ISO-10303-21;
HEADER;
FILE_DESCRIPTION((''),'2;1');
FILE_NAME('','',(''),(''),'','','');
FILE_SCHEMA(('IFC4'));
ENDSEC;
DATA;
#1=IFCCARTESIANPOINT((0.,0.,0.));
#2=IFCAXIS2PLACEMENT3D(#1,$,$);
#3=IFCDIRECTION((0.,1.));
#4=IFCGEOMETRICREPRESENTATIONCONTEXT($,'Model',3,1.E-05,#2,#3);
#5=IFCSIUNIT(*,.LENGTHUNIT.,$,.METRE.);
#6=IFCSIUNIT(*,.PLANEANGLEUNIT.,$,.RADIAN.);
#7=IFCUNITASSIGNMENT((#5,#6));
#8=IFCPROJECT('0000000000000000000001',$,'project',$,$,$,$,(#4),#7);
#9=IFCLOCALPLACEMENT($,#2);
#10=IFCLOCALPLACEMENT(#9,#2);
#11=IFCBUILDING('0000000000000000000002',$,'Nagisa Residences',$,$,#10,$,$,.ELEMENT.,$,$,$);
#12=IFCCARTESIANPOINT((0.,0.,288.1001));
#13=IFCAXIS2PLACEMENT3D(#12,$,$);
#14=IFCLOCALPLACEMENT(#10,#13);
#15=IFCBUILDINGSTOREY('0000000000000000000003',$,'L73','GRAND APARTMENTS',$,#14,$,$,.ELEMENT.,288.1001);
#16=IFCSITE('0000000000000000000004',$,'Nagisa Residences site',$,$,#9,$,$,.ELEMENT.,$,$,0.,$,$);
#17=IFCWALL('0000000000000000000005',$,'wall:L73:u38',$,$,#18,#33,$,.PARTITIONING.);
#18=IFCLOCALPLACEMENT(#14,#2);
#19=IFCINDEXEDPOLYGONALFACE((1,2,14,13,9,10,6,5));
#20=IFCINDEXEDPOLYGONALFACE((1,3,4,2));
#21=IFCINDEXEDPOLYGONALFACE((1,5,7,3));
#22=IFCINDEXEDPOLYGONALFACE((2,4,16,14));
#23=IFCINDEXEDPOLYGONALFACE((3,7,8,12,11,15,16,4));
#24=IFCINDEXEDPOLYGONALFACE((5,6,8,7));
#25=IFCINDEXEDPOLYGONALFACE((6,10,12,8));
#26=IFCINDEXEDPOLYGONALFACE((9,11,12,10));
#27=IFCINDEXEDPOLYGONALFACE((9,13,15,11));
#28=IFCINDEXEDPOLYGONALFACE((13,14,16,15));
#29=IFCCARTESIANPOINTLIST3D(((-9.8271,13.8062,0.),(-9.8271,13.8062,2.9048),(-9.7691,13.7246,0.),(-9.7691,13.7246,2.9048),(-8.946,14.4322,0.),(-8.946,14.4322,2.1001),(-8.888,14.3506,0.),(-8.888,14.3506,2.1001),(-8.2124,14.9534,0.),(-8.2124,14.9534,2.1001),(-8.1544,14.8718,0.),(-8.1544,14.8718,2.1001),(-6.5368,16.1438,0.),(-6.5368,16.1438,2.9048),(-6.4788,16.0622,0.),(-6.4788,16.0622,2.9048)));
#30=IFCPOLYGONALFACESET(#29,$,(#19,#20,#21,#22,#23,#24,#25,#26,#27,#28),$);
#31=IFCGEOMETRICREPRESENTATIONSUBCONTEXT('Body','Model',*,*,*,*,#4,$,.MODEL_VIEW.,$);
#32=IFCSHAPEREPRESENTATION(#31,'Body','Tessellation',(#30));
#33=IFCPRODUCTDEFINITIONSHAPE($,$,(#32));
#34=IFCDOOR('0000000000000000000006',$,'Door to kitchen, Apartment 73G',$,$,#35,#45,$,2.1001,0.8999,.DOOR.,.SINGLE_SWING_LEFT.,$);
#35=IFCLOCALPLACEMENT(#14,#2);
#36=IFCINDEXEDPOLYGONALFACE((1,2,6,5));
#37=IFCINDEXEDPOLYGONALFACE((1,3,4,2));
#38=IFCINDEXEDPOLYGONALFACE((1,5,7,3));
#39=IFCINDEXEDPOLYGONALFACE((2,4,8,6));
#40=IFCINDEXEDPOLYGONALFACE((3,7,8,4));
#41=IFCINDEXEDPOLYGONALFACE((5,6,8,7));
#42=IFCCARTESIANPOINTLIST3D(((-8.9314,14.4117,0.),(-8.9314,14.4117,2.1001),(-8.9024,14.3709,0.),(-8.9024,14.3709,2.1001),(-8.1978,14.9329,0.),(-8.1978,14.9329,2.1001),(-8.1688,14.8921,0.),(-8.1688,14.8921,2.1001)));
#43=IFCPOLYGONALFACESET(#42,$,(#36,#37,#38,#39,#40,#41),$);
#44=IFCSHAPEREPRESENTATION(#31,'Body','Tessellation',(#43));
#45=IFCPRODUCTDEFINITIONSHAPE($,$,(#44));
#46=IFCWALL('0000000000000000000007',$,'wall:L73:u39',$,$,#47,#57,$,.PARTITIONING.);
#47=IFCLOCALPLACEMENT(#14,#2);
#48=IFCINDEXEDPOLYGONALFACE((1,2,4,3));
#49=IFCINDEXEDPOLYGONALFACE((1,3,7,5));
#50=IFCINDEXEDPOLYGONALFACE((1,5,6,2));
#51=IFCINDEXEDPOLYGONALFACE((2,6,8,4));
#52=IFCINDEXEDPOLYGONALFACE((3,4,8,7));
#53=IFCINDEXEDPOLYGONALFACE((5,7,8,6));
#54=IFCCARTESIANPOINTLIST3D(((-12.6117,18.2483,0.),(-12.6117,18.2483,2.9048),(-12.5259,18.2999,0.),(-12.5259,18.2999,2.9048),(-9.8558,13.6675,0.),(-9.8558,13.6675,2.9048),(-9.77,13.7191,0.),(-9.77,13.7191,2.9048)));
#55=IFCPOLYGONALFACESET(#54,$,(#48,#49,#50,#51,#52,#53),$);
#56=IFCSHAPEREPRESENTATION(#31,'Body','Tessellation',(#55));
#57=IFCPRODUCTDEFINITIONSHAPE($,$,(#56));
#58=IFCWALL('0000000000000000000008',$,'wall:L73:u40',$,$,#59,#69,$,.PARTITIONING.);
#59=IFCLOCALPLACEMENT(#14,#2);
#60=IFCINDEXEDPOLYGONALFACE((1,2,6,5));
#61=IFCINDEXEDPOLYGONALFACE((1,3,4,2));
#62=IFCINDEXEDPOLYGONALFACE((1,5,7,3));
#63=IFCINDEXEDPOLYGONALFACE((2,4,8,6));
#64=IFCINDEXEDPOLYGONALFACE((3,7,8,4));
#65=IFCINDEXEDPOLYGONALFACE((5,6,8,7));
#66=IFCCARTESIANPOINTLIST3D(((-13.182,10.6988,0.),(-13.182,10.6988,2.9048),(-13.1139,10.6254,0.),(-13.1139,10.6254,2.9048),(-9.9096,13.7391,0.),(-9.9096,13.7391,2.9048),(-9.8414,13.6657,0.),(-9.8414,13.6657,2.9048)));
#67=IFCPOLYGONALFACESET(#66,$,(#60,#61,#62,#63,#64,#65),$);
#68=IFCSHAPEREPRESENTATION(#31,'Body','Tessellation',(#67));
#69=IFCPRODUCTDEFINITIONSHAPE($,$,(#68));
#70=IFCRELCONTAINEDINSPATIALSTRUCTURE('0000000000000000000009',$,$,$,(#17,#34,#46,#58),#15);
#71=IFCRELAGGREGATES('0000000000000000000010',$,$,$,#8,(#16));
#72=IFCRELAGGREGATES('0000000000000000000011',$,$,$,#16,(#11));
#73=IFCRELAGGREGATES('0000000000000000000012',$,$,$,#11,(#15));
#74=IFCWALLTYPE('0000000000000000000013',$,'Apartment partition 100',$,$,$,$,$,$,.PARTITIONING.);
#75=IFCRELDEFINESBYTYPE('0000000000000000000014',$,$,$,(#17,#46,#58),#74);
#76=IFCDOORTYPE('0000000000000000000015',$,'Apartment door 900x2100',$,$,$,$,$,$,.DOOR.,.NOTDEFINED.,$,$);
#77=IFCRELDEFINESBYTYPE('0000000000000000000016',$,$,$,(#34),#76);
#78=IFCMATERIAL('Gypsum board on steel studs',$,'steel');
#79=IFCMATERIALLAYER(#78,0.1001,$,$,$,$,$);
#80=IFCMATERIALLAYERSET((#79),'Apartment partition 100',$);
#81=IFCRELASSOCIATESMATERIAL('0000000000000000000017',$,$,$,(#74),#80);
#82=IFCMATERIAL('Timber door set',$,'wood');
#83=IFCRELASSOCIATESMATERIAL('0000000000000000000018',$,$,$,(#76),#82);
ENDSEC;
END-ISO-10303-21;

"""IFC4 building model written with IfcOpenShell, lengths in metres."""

from ifc_helpers import new_model, si_unit, direction, frame, frame_2d, origin, place, context, subcontext, project, spatial, rectangle, extrude, material, layer, layer_set, type_object, element, fill, save


model = new_model("IFC4")

# Units and contexts
model_context = context("Model", 3, precision=1e-05, world=origin(), true_north=direction((0.0, 1.0)))
body_context = subcontext(model_context, "Body", "Model", "MODEL_VIEW")
ifc_project = project(units=[si_unit("LENGTHUNIT", "METRE"), si_unit("PLANEANGLEUNIT", "RADIAN")], contexts=[model_context])

# Site, building, storey
site_placement = place(None, origin())
site = spatial("IfcSite", under=ifc_project, at=site_placement, Name="Nagisa Residences site", CompositionType="ELEMENT", RefElevation=0.0)
building_placement = place(site_placement, origin())
building = spatial("IfcBuilding", under=site, at=building_placement, Name="Nagisa Residences", CompositionType="ELEMENT")
storey_placement = place(building_placement, frame((0.0, 0.0, 288.1001)))
storey = spatial("IfcBuildingStorey", under=building, at=storey_placement, Name="L73", Description="GRAND APARTMENTS", CompositionType="ELEMENT", Elevation=288.1001)

# Wall, opening, door
ifc_material_1 = material(Name="Gypsum board on steel studs", Category="steel")
ifc_layer_1 = layer(ifc_material_1, 0.1001)
ifc_layer_set_1 = layer_set([ifc_layer_1], Name="Apartment partition 100")
wall_type_1 = type_object("IfcWallType", Name="Apartment partition 100", PredefinedType="PARTITIONING", material=ifc_layer_set_1)
ifc_material_2 = material(Name="Timber door set", Category="wood")
door_type_1 = type_object("IfcDoorType", Name="Apartment door 900x2100", OperationType="NOTDEFINED", PredefinedType="DOOR", material=ifc_material_2)
wall_1_placement = place(storey_placement, frame((-6.5078, 16.103, 0.0), z_axis=(0.0, 0.0, 1.0), x_axis=(-0.815202, -0.579176, 0.0)))
wall_1 = element("IfcWall", 1, at=wall_1_placement, inside=storey, type_object=wall_type_1, Name="wall:L73:u38", PredefinedType="PARTITIONING", context=body_context, shape_type="SweptSolid", body=[
    extrude(rectangle(XDim=4.0361, YDim=0.1001, at=frame_2d((2.0181, 0.0))), origin(), (0.0, 0.0, 1.0), 2.9048),
])
opening_1_placement = place(wall_1_placement, frame((2.0554, 0.0, 0.0)))
opening_1 = element("IfcOpeningElement", 2, at=opening_1_placement, cuts=wall_1, PredefinedType="OPENING", context=body_context, shape_type="SweptSolid", body=[
    extrude(rectangle(XDim=0.8999, YDim=2.1001, at=frame_2d((0.45, 1.05))), frame((0.0, 0.0601, 0.0), z_axis=(0.0, -1.0, 0.0), x_axis=(1.0, 0.0, 0.0)), (0.0, 0.0, 1.0), 0.1201),
])
door_1_placement = place(opening_1_placement, frame((0.8999, 0.0, 0.0), x_axis=(-1.0, 0.0, 0.0)))
door_1 = element("IfcDoor", 3, at=door_1_placement, inside=storey, type_object=door_type_1, Name="Door to kitchen, Apartment 73G", OperationType="SINGLE_SWING_LEFT", OverallHeight=2.1001, OverallWidth=0.8999, PredefinedType="DOOR", context=body_context, shape_type="SweptSolid", body=[
    extrude(rectangle(XDim=0.8999, YDim=2.1001, at=frame_2d((0.45, 1.05))), frame((0.0, 0.0249, 0.0), z_axis=(0.0, -1.0, 0.0), x_axis=(1.0, 0.0, 0.0)), (0.0, 0.0, 1.0), 0.05),
])
fill(opening_1, door_1)

# Walls
wall_2_placement = place(storey_placement, frame((-9.813, 13.6934, 0.0), z_axis=(0.0, 0.0, 1.0), x_axis=(-0.51551, 0.856884, 0.0)))
element("IfcWall", 4, at=wall_2_placement, inside=storey, type_object=wall_type_1, Name="wall:L73:u39", PredefinedType="PARTITIONING", context=body_context, shape_type="SweptSolid", body=[
    extrude(rectangle(XDim=5.3459, YDim=0.1001, at=frame_2d((2.6729, 0.0))), origin(), (0.0, 0.0, 1.0), 2.9048),
])
wall_3_placement = place(storey_placement, frame((-9.8755, 13.7024, 0.0), z_axis=(0.0, 0.0, 1.0), x_axis=(-0.732618, -0.68064, 0.0)))
element("IfcWall", 5, at=wall_3_placement, inside=storey, type_object=wall_type_1, Name="wall:L73:u40", PredefinedType="PARTITIONING", context=body_context, shape_type="SweptSolid", body=[
    extrude(rectangle(XDim=4.4668, YDim=0.1001, at=frame_2d((2.2334, 0.0))), origin(), (0.0, 0.0, 1.0), 2.9048),
])

save(model, "model.ifc")
